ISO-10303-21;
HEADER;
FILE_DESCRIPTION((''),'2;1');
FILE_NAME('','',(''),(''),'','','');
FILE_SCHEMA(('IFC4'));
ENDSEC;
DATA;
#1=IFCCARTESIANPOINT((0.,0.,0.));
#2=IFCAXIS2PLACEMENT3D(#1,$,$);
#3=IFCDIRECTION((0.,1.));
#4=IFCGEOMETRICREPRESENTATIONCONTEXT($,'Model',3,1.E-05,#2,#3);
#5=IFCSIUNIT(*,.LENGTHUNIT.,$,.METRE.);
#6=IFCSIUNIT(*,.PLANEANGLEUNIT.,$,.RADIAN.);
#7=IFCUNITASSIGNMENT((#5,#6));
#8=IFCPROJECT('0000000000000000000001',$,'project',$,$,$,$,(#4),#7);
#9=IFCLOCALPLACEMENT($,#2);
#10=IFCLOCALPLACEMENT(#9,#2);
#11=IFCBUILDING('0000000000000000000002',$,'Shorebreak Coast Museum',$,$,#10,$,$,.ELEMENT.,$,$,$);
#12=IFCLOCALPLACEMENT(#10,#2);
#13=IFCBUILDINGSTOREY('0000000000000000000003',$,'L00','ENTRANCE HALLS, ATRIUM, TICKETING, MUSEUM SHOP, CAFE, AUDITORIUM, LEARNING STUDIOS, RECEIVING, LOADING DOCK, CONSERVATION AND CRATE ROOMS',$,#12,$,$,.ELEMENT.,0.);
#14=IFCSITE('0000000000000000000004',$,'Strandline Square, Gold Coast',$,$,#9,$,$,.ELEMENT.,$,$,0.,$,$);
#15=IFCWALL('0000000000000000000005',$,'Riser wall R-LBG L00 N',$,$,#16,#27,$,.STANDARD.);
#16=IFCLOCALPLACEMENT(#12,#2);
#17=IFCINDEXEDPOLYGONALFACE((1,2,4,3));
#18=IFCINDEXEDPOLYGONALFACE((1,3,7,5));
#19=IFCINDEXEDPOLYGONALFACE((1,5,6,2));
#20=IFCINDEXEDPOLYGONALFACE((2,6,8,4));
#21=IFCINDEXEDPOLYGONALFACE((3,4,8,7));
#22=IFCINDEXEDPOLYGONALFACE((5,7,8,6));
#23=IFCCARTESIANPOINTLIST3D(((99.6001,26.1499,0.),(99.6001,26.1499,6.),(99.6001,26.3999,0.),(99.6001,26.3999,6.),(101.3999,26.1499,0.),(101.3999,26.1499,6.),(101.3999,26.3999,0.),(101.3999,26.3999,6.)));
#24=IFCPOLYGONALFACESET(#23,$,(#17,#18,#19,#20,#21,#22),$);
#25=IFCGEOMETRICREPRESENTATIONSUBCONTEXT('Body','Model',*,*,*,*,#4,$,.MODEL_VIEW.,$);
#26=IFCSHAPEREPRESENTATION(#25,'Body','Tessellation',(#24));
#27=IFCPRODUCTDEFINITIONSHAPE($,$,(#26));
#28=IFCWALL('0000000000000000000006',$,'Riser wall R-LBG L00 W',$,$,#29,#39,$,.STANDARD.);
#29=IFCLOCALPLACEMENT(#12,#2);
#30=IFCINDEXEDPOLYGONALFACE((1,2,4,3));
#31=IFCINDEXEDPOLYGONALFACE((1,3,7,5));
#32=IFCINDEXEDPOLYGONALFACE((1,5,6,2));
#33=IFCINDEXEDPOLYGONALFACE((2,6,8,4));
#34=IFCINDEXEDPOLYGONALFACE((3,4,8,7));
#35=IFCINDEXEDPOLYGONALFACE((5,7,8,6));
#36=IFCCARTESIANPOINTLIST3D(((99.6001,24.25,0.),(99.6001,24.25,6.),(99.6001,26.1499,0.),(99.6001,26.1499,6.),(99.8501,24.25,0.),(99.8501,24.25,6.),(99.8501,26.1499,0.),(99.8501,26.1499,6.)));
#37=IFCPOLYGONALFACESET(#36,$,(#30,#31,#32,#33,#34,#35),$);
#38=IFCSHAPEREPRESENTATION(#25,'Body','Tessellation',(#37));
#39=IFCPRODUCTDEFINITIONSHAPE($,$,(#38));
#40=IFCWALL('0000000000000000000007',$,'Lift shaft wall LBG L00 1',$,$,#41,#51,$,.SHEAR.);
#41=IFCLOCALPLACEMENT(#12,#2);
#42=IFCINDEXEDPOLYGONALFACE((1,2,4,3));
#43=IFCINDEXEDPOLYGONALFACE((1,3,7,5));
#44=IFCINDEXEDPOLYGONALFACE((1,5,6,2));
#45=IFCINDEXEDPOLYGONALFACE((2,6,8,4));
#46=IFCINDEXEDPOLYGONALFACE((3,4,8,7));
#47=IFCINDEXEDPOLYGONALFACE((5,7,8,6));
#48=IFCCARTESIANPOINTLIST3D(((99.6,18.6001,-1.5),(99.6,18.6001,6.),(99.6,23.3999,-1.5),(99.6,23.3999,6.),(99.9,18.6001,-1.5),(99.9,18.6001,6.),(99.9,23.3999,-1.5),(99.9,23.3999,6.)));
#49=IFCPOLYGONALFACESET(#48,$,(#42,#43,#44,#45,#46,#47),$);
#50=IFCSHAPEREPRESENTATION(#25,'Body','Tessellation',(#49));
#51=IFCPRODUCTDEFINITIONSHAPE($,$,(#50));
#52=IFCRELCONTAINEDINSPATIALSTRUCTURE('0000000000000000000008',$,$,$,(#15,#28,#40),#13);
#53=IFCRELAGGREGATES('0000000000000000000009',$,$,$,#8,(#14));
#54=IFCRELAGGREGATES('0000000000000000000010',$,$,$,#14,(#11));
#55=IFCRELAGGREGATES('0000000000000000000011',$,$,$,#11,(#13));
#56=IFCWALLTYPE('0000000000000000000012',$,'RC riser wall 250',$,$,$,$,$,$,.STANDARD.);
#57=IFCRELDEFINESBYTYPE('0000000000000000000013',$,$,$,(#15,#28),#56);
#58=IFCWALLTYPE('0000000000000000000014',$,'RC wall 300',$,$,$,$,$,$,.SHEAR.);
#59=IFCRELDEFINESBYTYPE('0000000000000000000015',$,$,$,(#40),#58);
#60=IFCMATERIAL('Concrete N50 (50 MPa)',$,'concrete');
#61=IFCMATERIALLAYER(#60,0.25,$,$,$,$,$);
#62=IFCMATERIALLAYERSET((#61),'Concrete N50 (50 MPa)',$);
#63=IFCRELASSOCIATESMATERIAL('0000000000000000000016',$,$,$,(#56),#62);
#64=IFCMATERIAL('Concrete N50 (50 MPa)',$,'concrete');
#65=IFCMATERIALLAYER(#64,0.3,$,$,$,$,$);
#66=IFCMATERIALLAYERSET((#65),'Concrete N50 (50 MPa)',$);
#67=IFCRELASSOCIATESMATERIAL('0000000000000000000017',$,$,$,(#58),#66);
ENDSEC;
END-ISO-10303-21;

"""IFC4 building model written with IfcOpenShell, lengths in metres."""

from ifc_helpers import new_model, si_unit, direction, frame, frame_2d, origin, place, context, subcontext, project, spatial, rectangle, extrude, material, layer, layer_set, type_object, element, save


model = new_model("IFC4")

# Units and contexts
model_context = context("Model", 3, precision=1e-05, world=origin(), true_north=direction((0.0, 1.0)))
body_context = subcontext(model_context, "Body", "Model", "MODEL_VIEW")
ifc_project = project(units=[si_unit("LENGTHUNIT", "METRE"), si_unit("PLANEANGLEUNIT", "RADIAN")], contexts=[model_context])

# Site, building, storey
site_placement = place(None, origin())
site = spatial("IfcSite", under=ifc_project, at=site_placement, Name="Strandline Square, Gold Coast", CompositionType="ELEMENT", RefElevation=0.0)
building_placement = place(site_placement, origin())
building = spatial("IfcBuilding", under=site, at=building_placement, Name="Shorebreak Coast Museum", CompositionType="ELEMENT")
storey_placement = place(building_placement, origin())
storey = spatial("IfcBuildingStorey", under=building, at=storey_placement, Name="L00", Description="ENTRANCE HALLS, ATRIUM, TICKETING, MUSEUM SHOP, CAFE, AUDITORIUM, LEARNING STUDIOS, RECEIVING, LOADING DOCK, CONSERVATION AND CRATE ROOMS", CompositionType="ELEMENT", Elevation=0.0)

# Walls
ifc_material_1 = material(Name="Concrete N50 (50 MPa)", Category="concrete")
ifc_layer_1 = layer(ifc_material_1, 0.25)
ifc_layer_set_1 = layer_set([ifc_layer_1], Name="Concrete N50 (50 MPa)")
wall_type_1 = type_object("IfcWallType", Name="RC riser wall 250", PredefinedType="STANDARD", material=ifc_layer_set_1)
for number, where, z_axis, x_axis, name in (
    (1, (99.6001, 26.2749, 0.0), (0.0, 0.0, 1.0), (1.0, 0.0, 0.0), "Riser wall R-LBG L00 N"),
):
    element("IfcWall", number, at=place(storey_placement, frame(where, z_axis=z_axis, x_axis=x_axis)), inside=storey, type_object=wall_type_1, Name=name, PredefinedType="STANDARD", context=body_context, shape_type="SweptSolid", body=[
        extrude(rectangle(XDim=1.7998, YDim=0.25, at=frame_2d((0.8999, 0.0))), origin(), (0.0, 0.0, 1.0), 6.0),
    ])
wall_1_placement = place(storey_placement, frame((99.7251, 24.25, 0.0), z_axis=(0.0, 0.0, 1.0), x_axis=(0.0, 1.0, 0.0)))
element("IfcWall", 2, at=wall_1_placement, inside=storey, type_object=wall_type_1, Name="Riser wall R-LBG L00 W", PredefinedType="STANDARD", context=body_context, shape_type="SweptSolid", body=[
    extrude(rectangle(XDim=1.8999, YDim=0.25, at=frame_2d((0.95, 0.0))), origin(), (0.0, 0.0, 1.0), 6.0),
])
ifc_material_2 = material(Name="Concrete N50 (50 MPa)", Category="concrete")
ifc_layer_2 = layer(ifc_material_2, 0.3)
ifc_layer_set_2 = layer_set([ifc_layer_2], Name="Concrete N50 (50 MPa)")
wall_type_2 = type_object("IfcWallType", Name="RC wall 300", PredefinedType="SHEAR", material=ifc_layer_set_2)
wall_2_placement = place(storey_placement, frame((99.75, 18.6001, -1.5), z_axis=(0.0, 0.0, 1.0), x_axis=(0.0, 1.0, 0.0)))
element("IfcWall", 3, at=wall_2_placement, inside=storey, type_object=wall_type_2, Name="Lift shaft wall LBG L00 1", PredefinedType="SHEAR", context=body_context, shape_type="SweptSolid", body=[
    extrude(rectangle(XDim=4.7998, YDim=0.3, at=frame_2d((2.3999, 0.0))), origin(), (0.0, 0.0, 1.0), 7.5),
])

save(model, "model.ifc")
